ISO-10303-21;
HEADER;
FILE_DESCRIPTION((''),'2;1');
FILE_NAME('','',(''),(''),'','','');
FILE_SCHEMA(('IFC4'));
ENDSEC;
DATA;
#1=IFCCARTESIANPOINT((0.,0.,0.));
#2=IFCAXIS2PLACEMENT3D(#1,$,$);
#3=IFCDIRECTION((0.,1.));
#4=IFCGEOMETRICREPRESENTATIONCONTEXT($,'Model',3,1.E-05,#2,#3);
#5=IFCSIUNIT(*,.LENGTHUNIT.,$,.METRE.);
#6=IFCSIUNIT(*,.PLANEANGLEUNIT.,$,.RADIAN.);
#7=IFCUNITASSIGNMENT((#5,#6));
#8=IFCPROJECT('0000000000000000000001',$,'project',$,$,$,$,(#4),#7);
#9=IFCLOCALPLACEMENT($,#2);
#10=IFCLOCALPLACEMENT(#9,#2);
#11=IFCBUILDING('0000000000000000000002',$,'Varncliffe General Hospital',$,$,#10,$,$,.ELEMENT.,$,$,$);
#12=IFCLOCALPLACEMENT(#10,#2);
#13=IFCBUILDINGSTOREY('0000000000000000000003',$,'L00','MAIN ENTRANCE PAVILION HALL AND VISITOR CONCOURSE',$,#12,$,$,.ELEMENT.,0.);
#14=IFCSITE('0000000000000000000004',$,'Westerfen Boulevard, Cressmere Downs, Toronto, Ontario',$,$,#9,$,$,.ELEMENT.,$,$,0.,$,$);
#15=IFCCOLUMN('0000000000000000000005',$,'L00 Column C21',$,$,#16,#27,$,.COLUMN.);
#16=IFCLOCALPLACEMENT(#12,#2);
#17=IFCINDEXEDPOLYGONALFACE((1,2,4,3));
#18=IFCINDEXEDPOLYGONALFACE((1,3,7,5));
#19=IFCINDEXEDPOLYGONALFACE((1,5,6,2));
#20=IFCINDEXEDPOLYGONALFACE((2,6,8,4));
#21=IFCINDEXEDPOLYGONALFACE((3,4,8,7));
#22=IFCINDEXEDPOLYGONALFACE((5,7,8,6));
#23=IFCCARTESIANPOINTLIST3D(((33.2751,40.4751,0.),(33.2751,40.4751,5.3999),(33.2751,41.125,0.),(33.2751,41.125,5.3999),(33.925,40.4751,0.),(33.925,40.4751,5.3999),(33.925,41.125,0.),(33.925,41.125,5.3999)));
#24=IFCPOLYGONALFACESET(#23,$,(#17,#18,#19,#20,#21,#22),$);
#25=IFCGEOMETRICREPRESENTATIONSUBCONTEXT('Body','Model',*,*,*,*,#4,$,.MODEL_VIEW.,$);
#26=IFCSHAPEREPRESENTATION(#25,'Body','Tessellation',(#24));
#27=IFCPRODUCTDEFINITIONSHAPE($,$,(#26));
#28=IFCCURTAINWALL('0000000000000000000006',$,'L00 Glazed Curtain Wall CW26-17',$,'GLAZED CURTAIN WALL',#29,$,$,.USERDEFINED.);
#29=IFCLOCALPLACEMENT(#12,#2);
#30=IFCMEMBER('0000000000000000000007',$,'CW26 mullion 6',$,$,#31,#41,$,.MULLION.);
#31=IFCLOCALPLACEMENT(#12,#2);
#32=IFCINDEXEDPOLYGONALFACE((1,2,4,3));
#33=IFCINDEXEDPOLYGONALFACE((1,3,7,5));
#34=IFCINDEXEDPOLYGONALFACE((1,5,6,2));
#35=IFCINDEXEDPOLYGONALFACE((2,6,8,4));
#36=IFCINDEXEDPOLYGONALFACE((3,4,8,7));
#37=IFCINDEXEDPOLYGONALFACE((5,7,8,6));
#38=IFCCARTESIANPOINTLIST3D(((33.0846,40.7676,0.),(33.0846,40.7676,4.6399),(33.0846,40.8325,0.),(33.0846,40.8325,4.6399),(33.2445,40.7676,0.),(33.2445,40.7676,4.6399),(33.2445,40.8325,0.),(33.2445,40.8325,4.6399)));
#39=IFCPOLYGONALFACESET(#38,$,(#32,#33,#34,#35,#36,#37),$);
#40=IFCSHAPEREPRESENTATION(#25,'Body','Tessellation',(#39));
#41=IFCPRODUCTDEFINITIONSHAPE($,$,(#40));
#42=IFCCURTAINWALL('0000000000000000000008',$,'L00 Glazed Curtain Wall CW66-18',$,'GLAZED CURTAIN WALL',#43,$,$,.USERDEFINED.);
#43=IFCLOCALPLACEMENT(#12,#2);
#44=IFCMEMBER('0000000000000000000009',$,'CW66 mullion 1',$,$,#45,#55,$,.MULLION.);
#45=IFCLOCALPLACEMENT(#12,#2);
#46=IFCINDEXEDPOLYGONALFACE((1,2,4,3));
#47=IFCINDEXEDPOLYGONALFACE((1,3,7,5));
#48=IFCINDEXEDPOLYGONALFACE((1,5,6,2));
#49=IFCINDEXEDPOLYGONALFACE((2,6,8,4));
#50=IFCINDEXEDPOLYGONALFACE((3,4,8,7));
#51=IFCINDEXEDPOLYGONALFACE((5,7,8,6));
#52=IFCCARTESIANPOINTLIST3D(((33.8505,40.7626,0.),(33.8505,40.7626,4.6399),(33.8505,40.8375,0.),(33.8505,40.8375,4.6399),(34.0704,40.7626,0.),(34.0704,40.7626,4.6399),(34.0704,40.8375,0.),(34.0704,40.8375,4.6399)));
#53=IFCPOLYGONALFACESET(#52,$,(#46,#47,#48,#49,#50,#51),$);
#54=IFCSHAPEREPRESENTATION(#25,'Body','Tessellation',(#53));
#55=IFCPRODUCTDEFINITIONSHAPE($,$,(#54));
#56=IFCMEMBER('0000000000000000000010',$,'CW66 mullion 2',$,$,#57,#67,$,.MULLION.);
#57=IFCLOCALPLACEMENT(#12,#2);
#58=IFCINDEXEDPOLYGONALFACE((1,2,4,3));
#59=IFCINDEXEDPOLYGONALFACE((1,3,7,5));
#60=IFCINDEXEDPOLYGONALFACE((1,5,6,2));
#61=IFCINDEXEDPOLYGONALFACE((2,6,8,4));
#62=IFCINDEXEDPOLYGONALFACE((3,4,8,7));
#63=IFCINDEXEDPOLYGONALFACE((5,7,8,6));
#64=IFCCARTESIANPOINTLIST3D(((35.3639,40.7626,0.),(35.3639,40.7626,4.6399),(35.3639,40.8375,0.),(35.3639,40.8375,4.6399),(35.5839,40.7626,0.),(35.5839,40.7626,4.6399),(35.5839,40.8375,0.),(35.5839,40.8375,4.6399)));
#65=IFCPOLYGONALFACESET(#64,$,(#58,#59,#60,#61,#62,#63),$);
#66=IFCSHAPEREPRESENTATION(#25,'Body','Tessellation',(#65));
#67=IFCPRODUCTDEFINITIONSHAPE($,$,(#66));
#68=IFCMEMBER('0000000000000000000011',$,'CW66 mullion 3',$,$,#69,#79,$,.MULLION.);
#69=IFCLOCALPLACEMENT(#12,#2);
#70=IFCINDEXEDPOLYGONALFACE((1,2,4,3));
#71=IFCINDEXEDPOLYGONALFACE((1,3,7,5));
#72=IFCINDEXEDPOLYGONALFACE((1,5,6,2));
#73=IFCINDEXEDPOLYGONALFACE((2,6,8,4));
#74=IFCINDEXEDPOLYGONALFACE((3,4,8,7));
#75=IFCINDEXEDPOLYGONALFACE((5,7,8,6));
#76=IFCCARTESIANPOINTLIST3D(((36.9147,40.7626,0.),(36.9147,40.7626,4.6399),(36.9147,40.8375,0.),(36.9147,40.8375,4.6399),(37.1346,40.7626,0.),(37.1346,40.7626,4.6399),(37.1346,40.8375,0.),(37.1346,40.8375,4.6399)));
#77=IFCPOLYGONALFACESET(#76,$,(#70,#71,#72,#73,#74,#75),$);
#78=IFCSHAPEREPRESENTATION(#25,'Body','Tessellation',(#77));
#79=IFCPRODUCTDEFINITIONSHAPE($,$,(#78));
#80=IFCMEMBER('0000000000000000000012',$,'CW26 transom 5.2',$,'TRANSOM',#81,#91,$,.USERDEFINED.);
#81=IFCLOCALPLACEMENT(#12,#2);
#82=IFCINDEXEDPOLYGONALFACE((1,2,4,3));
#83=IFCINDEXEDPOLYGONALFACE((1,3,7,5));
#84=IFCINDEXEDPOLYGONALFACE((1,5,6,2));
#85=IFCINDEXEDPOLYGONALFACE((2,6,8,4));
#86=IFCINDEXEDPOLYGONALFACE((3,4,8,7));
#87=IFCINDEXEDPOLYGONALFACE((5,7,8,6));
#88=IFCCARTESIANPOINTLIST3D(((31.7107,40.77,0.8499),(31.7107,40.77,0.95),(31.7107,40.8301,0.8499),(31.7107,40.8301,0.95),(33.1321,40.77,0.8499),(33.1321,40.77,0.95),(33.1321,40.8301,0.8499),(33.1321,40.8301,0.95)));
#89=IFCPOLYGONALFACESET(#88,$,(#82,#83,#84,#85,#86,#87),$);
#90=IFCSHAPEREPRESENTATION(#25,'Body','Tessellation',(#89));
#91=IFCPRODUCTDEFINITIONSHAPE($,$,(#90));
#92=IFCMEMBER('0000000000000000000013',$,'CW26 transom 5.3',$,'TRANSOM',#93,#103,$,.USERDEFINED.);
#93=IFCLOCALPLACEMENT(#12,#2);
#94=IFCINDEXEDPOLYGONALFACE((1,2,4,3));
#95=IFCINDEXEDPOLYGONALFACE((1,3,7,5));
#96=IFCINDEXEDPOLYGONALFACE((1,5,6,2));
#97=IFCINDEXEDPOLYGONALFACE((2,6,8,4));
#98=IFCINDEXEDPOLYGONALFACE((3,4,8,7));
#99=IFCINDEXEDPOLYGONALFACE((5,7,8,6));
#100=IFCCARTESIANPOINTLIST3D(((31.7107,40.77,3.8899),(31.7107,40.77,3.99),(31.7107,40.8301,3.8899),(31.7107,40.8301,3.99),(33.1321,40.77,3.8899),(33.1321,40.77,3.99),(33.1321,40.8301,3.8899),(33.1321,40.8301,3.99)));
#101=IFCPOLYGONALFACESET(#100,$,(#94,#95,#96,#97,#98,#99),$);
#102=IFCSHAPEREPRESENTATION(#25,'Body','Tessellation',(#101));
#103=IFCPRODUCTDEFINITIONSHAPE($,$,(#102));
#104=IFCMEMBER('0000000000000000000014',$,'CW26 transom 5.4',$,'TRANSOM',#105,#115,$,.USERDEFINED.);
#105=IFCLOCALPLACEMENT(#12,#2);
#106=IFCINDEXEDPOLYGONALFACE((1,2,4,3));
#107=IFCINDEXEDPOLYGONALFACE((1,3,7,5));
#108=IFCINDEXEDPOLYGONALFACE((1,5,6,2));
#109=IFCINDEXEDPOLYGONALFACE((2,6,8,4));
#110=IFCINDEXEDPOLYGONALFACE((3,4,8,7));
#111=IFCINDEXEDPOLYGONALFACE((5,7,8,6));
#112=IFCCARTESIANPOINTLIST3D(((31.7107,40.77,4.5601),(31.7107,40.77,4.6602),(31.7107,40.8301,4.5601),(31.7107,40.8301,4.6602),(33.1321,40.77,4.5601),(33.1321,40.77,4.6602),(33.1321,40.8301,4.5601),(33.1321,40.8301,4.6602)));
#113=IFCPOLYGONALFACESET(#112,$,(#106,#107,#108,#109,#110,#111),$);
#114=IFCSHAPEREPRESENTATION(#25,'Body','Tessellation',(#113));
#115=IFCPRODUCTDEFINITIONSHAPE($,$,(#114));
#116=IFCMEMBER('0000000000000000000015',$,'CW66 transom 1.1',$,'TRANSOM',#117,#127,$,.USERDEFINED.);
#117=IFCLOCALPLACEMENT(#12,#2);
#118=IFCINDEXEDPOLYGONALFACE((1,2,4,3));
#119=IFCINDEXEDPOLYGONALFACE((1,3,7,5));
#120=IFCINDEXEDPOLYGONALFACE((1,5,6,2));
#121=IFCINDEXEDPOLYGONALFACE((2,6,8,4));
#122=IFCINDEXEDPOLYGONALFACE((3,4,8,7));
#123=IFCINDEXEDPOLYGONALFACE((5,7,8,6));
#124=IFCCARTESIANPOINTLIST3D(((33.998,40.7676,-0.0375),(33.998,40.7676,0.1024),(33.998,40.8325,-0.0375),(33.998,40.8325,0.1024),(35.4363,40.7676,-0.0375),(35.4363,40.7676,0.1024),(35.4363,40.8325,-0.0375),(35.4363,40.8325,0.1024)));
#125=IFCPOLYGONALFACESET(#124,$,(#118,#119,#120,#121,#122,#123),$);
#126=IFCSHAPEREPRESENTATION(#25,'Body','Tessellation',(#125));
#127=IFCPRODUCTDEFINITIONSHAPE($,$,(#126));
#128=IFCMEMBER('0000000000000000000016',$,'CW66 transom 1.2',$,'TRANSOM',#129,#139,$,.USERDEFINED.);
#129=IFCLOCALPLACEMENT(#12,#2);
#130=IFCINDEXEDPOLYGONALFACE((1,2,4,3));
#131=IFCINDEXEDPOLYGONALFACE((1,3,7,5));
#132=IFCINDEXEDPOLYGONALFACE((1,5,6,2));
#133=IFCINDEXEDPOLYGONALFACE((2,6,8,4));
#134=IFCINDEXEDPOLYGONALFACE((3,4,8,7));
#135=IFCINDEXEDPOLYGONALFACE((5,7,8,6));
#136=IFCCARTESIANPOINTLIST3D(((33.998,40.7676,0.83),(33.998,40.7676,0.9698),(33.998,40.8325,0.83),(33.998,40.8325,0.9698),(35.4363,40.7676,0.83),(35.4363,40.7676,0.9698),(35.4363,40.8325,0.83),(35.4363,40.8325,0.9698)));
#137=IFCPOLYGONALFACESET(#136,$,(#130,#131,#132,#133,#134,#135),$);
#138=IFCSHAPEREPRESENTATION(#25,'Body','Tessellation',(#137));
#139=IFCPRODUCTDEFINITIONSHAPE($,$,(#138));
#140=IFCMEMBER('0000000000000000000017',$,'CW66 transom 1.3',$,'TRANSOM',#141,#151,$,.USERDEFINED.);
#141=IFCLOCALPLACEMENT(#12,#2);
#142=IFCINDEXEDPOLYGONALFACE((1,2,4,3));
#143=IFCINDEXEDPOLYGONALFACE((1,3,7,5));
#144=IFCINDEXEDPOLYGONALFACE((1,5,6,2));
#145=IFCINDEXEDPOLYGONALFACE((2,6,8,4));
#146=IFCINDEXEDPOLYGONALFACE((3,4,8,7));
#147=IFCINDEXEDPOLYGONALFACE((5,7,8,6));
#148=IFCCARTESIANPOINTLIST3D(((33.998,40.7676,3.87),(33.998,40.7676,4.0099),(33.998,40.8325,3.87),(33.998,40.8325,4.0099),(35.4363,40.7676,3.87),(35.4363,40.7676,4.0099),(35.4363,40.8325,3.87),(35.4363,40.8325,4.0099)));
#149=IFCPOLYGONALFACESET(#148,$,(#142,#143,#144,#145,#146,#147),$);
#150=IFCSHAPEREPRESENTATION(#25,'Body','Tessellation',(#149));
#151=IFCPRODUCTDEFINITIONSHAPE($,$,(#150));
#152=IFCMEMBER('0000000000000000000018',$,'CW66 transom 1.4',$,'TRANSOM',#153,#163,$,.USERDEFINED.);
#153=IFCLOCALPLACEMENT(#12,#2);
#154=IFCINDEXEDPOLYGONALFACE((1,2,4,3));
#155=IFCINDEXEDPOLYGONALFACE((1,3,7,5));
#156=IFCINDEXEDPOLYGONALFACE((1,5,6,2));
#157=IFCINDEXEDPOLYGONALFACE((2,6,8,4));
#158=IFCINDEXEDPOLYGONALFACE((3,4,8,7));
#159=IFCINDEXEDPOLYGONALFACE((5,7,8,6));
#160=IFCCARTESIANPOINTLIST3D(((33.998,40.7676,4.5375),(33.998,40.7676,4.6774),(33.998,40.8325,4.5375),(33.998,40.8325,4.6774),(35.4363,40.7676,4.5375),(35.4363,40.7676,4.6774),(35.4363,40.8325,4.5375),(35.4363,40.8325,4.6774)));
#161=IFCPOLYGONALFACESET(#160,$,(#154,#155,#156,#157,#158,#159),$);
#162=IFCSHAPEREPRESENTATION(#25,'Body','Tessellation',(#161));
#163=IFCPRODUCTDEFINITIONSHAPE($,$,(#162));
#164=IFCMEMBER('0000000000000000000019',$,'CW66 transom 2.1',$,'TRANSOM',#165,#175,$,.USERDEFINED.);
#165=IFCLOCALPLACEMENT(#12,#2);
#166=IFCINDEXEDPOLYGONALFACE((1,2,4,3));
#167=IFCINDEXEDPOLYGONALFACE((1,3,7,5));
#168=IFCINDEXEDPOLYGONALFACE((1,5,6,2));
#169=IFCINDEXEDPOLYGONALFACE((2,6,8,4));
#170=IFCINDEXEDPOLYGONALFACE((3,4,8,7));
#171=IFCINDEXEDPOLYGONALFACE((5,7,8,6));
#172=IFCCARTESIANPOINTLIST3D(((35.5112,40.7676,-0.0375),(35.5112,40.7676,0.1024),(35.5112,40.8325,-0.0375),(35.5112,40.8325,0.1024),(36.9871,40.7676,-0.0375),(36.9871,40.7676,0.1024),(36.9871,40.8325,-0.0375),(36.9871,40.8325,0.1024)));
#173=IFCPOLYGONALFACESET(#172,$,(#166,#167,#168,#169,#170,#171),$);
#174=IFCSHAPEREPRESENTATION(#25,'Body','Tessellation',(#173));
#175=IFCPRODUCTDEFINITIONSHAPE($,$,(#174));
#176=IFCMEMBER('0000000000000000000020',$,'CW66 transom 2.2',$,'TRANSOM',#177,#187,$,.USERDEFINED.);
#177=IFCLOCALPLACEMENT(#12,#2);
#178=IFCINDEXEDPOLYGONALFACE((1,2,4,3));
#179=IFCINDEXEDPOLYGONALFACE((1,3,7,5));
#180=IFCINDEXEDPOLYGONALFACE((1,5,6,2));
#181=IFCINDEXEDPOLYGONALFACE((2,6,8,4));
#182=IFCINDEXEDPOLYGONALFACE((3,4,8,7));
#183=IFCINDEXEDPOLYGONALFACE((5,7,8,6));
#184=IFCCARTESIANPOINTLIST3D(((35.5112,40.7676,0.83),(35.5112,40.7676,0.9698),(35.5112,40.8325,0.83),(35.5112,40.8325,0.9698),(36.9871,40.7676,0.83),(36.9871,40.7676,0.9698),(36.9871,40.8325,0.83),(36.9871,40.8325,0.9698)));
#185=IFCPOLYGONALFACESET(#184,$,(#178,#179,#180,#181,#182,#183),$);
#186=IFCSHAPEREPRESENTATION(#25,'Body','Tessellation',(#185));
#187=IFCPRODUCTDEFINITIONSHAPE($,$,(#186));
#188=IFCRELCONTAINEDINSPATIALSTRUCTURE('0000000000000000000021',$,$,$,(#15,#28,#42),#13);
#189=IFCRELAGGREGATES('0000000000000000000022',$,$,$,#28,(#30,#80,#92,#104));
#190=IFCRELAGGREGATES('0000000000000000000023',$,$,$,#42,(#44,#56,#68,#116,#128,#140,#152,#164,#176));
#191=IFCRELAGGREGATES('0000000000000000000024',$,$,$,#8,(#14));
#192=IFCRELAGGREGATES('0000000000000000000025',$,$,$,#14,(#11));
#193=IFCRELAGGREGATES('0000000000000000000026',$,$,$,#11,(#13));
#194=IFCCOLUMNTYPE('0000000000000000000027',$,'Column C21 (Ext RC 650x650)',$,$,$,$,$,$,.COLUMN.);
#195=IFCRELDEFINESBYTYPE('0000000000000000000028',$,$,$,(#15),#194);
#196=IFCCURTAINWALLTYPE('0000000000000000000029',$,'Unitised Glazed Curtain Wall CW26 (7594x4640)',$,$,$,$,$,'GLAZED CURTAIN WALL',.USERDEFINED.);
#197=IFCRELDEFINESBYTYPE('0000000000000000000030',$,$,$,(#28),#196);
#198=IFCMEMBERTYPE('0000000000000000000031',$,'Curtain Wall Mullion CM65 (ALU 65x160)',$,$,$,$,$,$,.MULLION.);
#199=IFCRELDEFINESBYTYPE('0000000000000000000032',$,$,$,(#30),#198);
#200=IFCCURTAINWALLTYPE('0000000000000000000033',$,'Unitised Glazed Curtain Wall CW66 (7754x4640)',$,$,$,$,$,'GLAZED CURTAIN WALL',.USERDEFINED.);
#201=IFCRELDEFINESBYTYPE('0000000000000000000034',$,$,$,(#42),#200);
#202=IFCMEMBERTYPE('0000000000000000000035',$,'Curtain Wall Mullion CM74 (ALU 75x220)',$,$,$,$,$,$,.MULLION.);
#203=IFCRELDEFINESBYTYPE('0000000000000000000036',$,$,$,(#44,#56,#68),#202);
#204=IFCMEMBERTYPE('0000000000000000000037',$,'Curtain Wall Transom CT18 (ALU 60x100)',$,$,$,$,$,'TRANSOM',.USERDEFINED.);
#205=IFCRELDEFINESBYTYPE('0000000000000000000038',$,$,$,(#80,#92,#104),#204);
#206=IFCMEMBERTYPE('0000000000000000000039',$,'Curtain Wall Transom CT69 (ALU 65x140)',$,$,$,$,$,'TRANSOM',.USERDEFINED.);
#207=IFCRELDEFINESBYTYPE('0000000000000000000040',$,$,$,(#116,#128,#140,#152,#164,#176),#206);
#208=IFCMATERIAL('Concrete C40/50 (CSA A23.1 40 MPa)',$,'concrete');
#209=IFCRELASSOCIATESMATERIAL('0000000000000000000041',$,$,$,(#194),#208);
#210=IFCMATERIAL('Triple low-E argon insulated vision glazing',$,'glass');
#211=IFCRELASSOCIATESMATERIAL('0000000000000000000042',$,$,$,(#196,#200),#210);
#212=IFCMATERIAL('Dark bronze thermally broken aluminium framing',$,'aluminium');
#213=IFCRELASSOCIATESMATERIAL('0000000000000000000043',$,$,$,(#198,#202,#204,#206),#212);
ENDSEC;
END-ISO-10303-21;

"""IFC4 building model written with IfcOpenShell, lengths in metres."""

from ifc_helpers import new_model, si_unit, direction, frame, origin, origin_2d, place, context, subcontext, project, spatial, rectangle, extrude, material, material_profile, profile_set, type_object, element, aggregate, save


model = new_model("IFC4")

# Units and contexts
model_context = context("Model", 3, precision=1e-05, world=origin(), true_north=direction((0.0, 1.0)))
body_context = subcontext(model_context, "Body", "Model", "MODEL_VIEW")
ifc_project = project(units=[si_unit("LENGTHUNIT", "METRE"), si_unit("PLANEANGLEUNIT", "RADIAN")], contexts=[model_context])

# Site, building, storey
site_placement = place(None, origin())
site = spatial("IfcSite", under=ifc_project, at=site_placement, Name="Westerfen Boulevard, Cressmere Downs, Toronto, Ontario", CompositionType="ELEMENT", RefElevation=0.0)
building_placement = place(site_placement, origin())
building = spatial("IfcBuilding", under=site, at=building_placement, Name="Varncliffe General Hospital", CompositionType="ELEMENT")
storey_placement = place(building_placement, origin())
storey = spatial("IfcBuildingStorey", under=building, at=storey_placement, Name="L00", Description="MAIN ENTRANCE PAVILION HALL AND VISITOR CONCOURSE", CompositionType="ELEMENT", Elevation=0.0)

# Column
ifc_material_1 = material(Name="Concrete C40/50 (CSA A23.1 40 MPa)", Category="concrete")
ifc_material_profile_1 = material_profile(ifc_material_1, rectangle(XDim=0.6499, YDim=0.6499, at=origin_2d()), Name="RC 650x650")
ifc_profile_set_1 = profile_set([ifc_material_profile_1], Name="Concrete C40/50 (CSA A23.1 40 MPa)")
column_type = type_object("IfcColumnType", Name="Column C21 (Ext RC 650x650)", PredefinedType="COLUMN", material=ifc_profile_set_1)
column_placement = place(storey_placement, frame((33.6001, 40.8, 0.0), z_axis=(0.0, 0.0, 1.0), x_axis=(1.0, 0.0, 0.0)))
element("IfcColumn", 1, at=column_placement, inside=storey, type_object=column_type, Name="L00 Column C21", PredefinedType="COLUMN", context=body_context, shape_type="SweptSolid", body=[
    extrude(rectangle(XDim=0.6499, YDim=0.6499, at=origin_2d()), origin(), (0.0, 0.0, 1.0), 5.3999),
])

# Curtain wall, member
ifc_material_2 = material(Name="Triple low-E argon insulated vision glazing", Category="glass")
curtain_wall_type_1 = type_object("IfcCurtainWallType", Name="Unitised Glazed Curtain Wall CW26 (7594x4640)", ElementType="GLAZED CURTAIN WALL", PredefinedType="USERDEFINED", material=ifc_material_2)
curtain_wall_1_placement = place(storey_placement, origin())
curtain_wall_1 = element("IfcCurtainWall", 2, at=curtain_wall_1_placement, inside=storey, type_object=curtain_wall_type_1, Name="L00 Glazed Curtain Wall CW26-17", ObjectType="GLAZED CURTAIN WALL", PredefinedType="USERDEFINED")
ifc_material_3 = material(Name="Dark bronze thermally broken aluminium framing", Category="aluminium")
ifc_material_profile_2 = material_profile(ifc_material_3, rectangle(XDim=0.0649, YDim=0.1599, at=origin_2d()), Name="ALU 65x160")
ifc_profile_set_2 = profile_set([ifc_material_profile_2], Name="Dark bronze thermally broken aluminium framing")
member_type_1 = type_object("IfcMemberType", Name="Curtain Wall Mullion CM65 (ALU 65x160)", PredefinedType="MULLION", material=ifc_profile_set_2)
member_1_placement = place(storey_placement, frame((33.1646, 40.8, 0.0), z_axis=(0.0, 0.0, 1.0), x_axis=(0.0, 1.0, 0.0)))
member_1 = element("IfcMember", 3, at=member_1_placement, type_object=member_type_1, Name="CW26 mullion 6", PredefinedType="MULLION", context=body_context, shape_type="SweptSolid", body=[
    extrude(rectangle(XDim=0.0649, YDim=0.1599, at=origin_2d()), origin(), (0.0, 0.0, 1.0), 4.6399),
])

# Curtain wall, members
curtain_wall_type_2 = type_object("IfcCurtainWallType", Name="Unitised Glazed Curtain Wall CW66 (7754x4640)", ElementType="GLAZED CURTAIN WALL", PredefinedType="USERDEFINED", material=ifc_material_2)
curtain_wall_2_placement = place(storey_placement, origin())
curtain_wall_2 = element("IfcCurtainWall", 4, at=curtain_wall_2_placement, inside=storey, type_object=curtain_wall_type_2, Name="L00 Glazed Curtain Wall CW66-18", ObjectType="GLAZED CURTAIN WALL", PredefinedType="USERDEFINED")
ifc_material_profile_3 = material_profile(ifc_material_3, rectangle(XDim=0.075, YDim=0.22, at=origin_2d()), Name="ALU 75x220")
ifc_profile_set_3 = profile_set([ifc_material_profile_3], Name="Dark bronze thermally broken aluminium framing")
member_type_2 = type_object("IfcMemberType", Name="Curtain Wall Mullion CM74 (ALU 75x220)", PredefinedType="MULLION", material=ifc_profile_set_3)
member_2_placement = place(storey_placement, frame((33.9604, 40.8, 0.0), z_axis=(0.0, 0.0, 1.0), x_axis=(0.0, 1.0, 0.0)))
member_2 = element("IfcMember", 5, at=member_2_placement, type_object=member_type_2, Name="CW66 mullion 1", PredefinedType="MULLION", context=body_context, shape_type="SweptSolid", body=[
    extrude(rectangle(XDim=0.075, YDim=0.22, at=origin_2d()), origin(), (0.0, 0.0, 1.0), 4.6399),
])
member_3_placement = place(storey_placement, frame((35.4739, 40.8, 0.0), z_axis=(0.0, 0.0, 1.0), x_axis=(0.0, 1.0, 0.0)))
member_3 = element("IfcMember", 6, at=member_3_placement, type_object=member_type_2, Name="CW66 mullion 2", PredefinedType="MULLION", context=body_context, shape_type="SweptSolid", body=[
    extrude(rectangle(XDim=0.075, YDim=0.22, at=origin_2d()), origin(), (0.0, 0.0, 1.0), 4.6399),
])
member_4_placement = place(storey_placement, frame((37.0247, 40.8, 0.0), z_axis=(0.0, 0.0, 1.0), x_axis=(0.0, 1.0, 0.0)))
member_4 = element("IfcMember", 7, at=member_4_placement, type_object=member_type_2, Name="CW66 mullion 3", PredefinedType="MULLION", context=body_context, shape_type="SweptSolid", body=[
    extrude(rectangle(XDim=0.075, YDim=0.22, at=origin_2d()), origin(), (0.0, 0.0, 1.0), 4.6399),
])

# Members
ifc_material_profile_4 = material_profile(ifc_material_3, rectangle(XDim=0.0601, YDim=0.1001, at=origin_2d()), Name="ALU 60x100")
ifc_profile_set_4 = profile_set([ifc_material_profile_4], Name="Dark bronze thermally broken aluminium framing")
member_type_3 = type_object("IfcMemberType", Name="Curtain Wall Transom CT18 (ALU 60x100)", ElementType="TRANSOM", PredefinedType="USERDEFINED", material=ifc_profile_set_4)
member_5_placement = place(storey_placement, frame((31.7107, 40.8, 0.8999), z_axis=(1.0, 0.0, 0.0), x_axis=(0.0, 1.0, 0.0)))
member_5 = element("IfcMember", 8, at=member_5_placement, type_object=member_type_3, Name="CW26 transom 5.2", ObjectType="TRANSOM", PredefinedType="USERDEFINED", context=body_context, shape_type="SweptSolid", body=[
    extrude(rectangle(XDim=0.0601, YDim=0.1001, at=origin_2d()), origin(), (0.0, 0.0, 1.0), 1.4214),
])
member_6_placement = place(storey_placement, frame((31.7107, 40.8, 3.9399), z_axis=(1.0, 0.0, 0.0), x_axis=(0.0, 1.0, 0.0)))
member_6 = element("IfcMember", 9, at=member_6_placement, type_object=member_type_3, Name="CW26 transom 5.3", ObjectType="TRANSOM", PredefinedType="USERDEFINED", context=body_context, shape_type="SweptSolid", body=[
    extrude(rectangle(XDim=0.0601, YDim=0.1001, at=origin_2d()), origin(), (0.0, 0.0, 1.0), 1.4214),
])
member_7_placement = place(storey_placement, frame((31.7107, 40.8, 4.6101), z_axis=(1.0, 0.0, 0.0), x_axis=(0.0, 1.0, 0.0)))
member_7 = element("IfcMember", 10, at=member_7_placement, type_object=member_type_3, Name="CW26 transom 5.4", ObjectType="TRANSOM", PredefinedType="USERDEFINED", context=body_context, shape_type="SweptSolid", body=[
    extrude(rectangle(XDim=0.0601, YDim=0.1001, at=origin_2d()), origin(), (0.0, 0.0, 1.0), 1.4214),
])
ifc_material_profile_5 = material_profile(ifc_material_3, rectangle(XDim=0.0649, YDim=0.1399, at=origin_2d()), Name="ALU 65x140")
ifc_profile_set_5 = profile_set([ifc_material_profile_5], Name="Dark bronze thermally broken aluminium framing")
member_type_4 = type_object("IfcMemberType", Name="Curtain Wall Transom CT69 (ALU 65x140)", ElementType="TRANSOM", PredefinedType="USERDEFINED", material=ifc_profile_set_5)
member_8_placement = place(storey_placement, frame((33.998, 40.8, 0.0325), z_axis=(1.0, 0.0, 0.0), x_axis=(0.0, 1.0, 0.0)))
member_8 = element("IfcMember", 11, at=member_8_placement, type_object=member_type_4, Name="CW66 transom 1.1", ObjectType="TRANSOM", PredefinedType="USERDEFINED", context=body_context, shape_type="SweptSolid", body=[
    extrude(rectangle(XDim=0.0649, YDim=0.1399, at=origin_2d()), origin(), (0.0, 0.0, 1.0), 1.4382),
])
member_9_placement = place(storey_placement, frame((33.998, 40.8, 0.8999), z_axis=(1.0, 0.0, 0.0), x_axis=(0.0, 1.0, 0.0)))
member_9 = element("IfcMember", 12, at=member_9_placement, type_object=member_type_4, Name="CW66 transom 1.2", ObjectType="TRANSOM", PredefinedType="USERDEFINED", context=body_context, shape_type="SweptSolid", body=[
    extrude(rectangle(XDim=0.0649, YDim=0.1399, at=origin_2d()), origin(), (0.0, 0.0, 1.0), 1.4382),
])
member_10_placement = place(storey_placement, frame((33.998, 40.8, 3.9399), z_axis=(1.0, 0.0, 0.0), x_axis=(0.0, 1.0, 0.0)))
member_10 = element("IfcMember", 13, at=member_10_placement, type_object=member_type_4, Name="CW66 transom 1.3", ObjectType="TRANSOM", PredefinedType="USERDEFINED", context=body_context, shape_type="SweptSolid", body=[
    extrude(rectangle(XDim=0.0649, YDim=0.1399, at=origin_2d()), origin(), (0.0, 0.0, 1.0), 1.4382),
])
member_11_placement = place(storey_placement, frame((33.998, 40.8, 4.6074), z_axis=(1.0, 0.0, 0.0), x_axis=(0.0, 1.0, 0.0)))
member_11 = element("IfcMember", 14, at=member_11_placement, type_object=member_type_4, Name="CW66 transom 1.4", ObjectType="TRANSOM", PredefinedType="USERDEFINED", context=body_context, shape_type="SweptSolid", body=[
    extrude(rectangle(XDim=0.0649, YDim=0.1399, at=origin_2d()), origin(), (0.0, 0.0, 1.0), 1.4382),
])
member_12_placement = place(storey_placement, frame((35.5112, 40.8, 0.0325), z_axis=(1.0, 0.0, 0.0), x_axis=(0.0, 1.0, 0.0)))
member_12 = element("IfcMember", 15, at=member_12_placement, type_object=member_type_4, Name="CW66 transom 2.1", ObjectType="TRANSOM", PredefinedType="USERDEFINED", context=body_context, shape_type="SweptSolid", body=[
    extrude(rectangle(XDim=0.0649, YDim=0.1399, at=origin_2d()), origin(), (0.0, 0.0, 1.0), 1.4758),
])
member_13_placement = place(storey_placement, frame((35.5112, 40.8, 0.8999), z_axis=(1.0, 0.0, 0.0), x_axis=(0.0, 1.0, 0.0)))
member_13 = element("IfcMember", 16, at=member_13_placement, type_object=member_type_4, Name="CW66 transom 2.2", ObjectType="TRANSOM", PredefinedType="USERDEFINED", context=body_context, shape_type="SweptSolid", body=[
    extrude(rectangle(XDim=0.0649, YDim=0.1399, at=origin_2d()), origin(), (0.0, 0.0, 1.0), 1.4758),
])

aggregate(curtain_wall_1, [member_1, member_5, member_6, member_7])
aggregate(curtain_wall_2, [member_2, member_3, member_4, member_8, member_9, member_10, member_11, member_12, member_13])

save(model, "model.ifc")
